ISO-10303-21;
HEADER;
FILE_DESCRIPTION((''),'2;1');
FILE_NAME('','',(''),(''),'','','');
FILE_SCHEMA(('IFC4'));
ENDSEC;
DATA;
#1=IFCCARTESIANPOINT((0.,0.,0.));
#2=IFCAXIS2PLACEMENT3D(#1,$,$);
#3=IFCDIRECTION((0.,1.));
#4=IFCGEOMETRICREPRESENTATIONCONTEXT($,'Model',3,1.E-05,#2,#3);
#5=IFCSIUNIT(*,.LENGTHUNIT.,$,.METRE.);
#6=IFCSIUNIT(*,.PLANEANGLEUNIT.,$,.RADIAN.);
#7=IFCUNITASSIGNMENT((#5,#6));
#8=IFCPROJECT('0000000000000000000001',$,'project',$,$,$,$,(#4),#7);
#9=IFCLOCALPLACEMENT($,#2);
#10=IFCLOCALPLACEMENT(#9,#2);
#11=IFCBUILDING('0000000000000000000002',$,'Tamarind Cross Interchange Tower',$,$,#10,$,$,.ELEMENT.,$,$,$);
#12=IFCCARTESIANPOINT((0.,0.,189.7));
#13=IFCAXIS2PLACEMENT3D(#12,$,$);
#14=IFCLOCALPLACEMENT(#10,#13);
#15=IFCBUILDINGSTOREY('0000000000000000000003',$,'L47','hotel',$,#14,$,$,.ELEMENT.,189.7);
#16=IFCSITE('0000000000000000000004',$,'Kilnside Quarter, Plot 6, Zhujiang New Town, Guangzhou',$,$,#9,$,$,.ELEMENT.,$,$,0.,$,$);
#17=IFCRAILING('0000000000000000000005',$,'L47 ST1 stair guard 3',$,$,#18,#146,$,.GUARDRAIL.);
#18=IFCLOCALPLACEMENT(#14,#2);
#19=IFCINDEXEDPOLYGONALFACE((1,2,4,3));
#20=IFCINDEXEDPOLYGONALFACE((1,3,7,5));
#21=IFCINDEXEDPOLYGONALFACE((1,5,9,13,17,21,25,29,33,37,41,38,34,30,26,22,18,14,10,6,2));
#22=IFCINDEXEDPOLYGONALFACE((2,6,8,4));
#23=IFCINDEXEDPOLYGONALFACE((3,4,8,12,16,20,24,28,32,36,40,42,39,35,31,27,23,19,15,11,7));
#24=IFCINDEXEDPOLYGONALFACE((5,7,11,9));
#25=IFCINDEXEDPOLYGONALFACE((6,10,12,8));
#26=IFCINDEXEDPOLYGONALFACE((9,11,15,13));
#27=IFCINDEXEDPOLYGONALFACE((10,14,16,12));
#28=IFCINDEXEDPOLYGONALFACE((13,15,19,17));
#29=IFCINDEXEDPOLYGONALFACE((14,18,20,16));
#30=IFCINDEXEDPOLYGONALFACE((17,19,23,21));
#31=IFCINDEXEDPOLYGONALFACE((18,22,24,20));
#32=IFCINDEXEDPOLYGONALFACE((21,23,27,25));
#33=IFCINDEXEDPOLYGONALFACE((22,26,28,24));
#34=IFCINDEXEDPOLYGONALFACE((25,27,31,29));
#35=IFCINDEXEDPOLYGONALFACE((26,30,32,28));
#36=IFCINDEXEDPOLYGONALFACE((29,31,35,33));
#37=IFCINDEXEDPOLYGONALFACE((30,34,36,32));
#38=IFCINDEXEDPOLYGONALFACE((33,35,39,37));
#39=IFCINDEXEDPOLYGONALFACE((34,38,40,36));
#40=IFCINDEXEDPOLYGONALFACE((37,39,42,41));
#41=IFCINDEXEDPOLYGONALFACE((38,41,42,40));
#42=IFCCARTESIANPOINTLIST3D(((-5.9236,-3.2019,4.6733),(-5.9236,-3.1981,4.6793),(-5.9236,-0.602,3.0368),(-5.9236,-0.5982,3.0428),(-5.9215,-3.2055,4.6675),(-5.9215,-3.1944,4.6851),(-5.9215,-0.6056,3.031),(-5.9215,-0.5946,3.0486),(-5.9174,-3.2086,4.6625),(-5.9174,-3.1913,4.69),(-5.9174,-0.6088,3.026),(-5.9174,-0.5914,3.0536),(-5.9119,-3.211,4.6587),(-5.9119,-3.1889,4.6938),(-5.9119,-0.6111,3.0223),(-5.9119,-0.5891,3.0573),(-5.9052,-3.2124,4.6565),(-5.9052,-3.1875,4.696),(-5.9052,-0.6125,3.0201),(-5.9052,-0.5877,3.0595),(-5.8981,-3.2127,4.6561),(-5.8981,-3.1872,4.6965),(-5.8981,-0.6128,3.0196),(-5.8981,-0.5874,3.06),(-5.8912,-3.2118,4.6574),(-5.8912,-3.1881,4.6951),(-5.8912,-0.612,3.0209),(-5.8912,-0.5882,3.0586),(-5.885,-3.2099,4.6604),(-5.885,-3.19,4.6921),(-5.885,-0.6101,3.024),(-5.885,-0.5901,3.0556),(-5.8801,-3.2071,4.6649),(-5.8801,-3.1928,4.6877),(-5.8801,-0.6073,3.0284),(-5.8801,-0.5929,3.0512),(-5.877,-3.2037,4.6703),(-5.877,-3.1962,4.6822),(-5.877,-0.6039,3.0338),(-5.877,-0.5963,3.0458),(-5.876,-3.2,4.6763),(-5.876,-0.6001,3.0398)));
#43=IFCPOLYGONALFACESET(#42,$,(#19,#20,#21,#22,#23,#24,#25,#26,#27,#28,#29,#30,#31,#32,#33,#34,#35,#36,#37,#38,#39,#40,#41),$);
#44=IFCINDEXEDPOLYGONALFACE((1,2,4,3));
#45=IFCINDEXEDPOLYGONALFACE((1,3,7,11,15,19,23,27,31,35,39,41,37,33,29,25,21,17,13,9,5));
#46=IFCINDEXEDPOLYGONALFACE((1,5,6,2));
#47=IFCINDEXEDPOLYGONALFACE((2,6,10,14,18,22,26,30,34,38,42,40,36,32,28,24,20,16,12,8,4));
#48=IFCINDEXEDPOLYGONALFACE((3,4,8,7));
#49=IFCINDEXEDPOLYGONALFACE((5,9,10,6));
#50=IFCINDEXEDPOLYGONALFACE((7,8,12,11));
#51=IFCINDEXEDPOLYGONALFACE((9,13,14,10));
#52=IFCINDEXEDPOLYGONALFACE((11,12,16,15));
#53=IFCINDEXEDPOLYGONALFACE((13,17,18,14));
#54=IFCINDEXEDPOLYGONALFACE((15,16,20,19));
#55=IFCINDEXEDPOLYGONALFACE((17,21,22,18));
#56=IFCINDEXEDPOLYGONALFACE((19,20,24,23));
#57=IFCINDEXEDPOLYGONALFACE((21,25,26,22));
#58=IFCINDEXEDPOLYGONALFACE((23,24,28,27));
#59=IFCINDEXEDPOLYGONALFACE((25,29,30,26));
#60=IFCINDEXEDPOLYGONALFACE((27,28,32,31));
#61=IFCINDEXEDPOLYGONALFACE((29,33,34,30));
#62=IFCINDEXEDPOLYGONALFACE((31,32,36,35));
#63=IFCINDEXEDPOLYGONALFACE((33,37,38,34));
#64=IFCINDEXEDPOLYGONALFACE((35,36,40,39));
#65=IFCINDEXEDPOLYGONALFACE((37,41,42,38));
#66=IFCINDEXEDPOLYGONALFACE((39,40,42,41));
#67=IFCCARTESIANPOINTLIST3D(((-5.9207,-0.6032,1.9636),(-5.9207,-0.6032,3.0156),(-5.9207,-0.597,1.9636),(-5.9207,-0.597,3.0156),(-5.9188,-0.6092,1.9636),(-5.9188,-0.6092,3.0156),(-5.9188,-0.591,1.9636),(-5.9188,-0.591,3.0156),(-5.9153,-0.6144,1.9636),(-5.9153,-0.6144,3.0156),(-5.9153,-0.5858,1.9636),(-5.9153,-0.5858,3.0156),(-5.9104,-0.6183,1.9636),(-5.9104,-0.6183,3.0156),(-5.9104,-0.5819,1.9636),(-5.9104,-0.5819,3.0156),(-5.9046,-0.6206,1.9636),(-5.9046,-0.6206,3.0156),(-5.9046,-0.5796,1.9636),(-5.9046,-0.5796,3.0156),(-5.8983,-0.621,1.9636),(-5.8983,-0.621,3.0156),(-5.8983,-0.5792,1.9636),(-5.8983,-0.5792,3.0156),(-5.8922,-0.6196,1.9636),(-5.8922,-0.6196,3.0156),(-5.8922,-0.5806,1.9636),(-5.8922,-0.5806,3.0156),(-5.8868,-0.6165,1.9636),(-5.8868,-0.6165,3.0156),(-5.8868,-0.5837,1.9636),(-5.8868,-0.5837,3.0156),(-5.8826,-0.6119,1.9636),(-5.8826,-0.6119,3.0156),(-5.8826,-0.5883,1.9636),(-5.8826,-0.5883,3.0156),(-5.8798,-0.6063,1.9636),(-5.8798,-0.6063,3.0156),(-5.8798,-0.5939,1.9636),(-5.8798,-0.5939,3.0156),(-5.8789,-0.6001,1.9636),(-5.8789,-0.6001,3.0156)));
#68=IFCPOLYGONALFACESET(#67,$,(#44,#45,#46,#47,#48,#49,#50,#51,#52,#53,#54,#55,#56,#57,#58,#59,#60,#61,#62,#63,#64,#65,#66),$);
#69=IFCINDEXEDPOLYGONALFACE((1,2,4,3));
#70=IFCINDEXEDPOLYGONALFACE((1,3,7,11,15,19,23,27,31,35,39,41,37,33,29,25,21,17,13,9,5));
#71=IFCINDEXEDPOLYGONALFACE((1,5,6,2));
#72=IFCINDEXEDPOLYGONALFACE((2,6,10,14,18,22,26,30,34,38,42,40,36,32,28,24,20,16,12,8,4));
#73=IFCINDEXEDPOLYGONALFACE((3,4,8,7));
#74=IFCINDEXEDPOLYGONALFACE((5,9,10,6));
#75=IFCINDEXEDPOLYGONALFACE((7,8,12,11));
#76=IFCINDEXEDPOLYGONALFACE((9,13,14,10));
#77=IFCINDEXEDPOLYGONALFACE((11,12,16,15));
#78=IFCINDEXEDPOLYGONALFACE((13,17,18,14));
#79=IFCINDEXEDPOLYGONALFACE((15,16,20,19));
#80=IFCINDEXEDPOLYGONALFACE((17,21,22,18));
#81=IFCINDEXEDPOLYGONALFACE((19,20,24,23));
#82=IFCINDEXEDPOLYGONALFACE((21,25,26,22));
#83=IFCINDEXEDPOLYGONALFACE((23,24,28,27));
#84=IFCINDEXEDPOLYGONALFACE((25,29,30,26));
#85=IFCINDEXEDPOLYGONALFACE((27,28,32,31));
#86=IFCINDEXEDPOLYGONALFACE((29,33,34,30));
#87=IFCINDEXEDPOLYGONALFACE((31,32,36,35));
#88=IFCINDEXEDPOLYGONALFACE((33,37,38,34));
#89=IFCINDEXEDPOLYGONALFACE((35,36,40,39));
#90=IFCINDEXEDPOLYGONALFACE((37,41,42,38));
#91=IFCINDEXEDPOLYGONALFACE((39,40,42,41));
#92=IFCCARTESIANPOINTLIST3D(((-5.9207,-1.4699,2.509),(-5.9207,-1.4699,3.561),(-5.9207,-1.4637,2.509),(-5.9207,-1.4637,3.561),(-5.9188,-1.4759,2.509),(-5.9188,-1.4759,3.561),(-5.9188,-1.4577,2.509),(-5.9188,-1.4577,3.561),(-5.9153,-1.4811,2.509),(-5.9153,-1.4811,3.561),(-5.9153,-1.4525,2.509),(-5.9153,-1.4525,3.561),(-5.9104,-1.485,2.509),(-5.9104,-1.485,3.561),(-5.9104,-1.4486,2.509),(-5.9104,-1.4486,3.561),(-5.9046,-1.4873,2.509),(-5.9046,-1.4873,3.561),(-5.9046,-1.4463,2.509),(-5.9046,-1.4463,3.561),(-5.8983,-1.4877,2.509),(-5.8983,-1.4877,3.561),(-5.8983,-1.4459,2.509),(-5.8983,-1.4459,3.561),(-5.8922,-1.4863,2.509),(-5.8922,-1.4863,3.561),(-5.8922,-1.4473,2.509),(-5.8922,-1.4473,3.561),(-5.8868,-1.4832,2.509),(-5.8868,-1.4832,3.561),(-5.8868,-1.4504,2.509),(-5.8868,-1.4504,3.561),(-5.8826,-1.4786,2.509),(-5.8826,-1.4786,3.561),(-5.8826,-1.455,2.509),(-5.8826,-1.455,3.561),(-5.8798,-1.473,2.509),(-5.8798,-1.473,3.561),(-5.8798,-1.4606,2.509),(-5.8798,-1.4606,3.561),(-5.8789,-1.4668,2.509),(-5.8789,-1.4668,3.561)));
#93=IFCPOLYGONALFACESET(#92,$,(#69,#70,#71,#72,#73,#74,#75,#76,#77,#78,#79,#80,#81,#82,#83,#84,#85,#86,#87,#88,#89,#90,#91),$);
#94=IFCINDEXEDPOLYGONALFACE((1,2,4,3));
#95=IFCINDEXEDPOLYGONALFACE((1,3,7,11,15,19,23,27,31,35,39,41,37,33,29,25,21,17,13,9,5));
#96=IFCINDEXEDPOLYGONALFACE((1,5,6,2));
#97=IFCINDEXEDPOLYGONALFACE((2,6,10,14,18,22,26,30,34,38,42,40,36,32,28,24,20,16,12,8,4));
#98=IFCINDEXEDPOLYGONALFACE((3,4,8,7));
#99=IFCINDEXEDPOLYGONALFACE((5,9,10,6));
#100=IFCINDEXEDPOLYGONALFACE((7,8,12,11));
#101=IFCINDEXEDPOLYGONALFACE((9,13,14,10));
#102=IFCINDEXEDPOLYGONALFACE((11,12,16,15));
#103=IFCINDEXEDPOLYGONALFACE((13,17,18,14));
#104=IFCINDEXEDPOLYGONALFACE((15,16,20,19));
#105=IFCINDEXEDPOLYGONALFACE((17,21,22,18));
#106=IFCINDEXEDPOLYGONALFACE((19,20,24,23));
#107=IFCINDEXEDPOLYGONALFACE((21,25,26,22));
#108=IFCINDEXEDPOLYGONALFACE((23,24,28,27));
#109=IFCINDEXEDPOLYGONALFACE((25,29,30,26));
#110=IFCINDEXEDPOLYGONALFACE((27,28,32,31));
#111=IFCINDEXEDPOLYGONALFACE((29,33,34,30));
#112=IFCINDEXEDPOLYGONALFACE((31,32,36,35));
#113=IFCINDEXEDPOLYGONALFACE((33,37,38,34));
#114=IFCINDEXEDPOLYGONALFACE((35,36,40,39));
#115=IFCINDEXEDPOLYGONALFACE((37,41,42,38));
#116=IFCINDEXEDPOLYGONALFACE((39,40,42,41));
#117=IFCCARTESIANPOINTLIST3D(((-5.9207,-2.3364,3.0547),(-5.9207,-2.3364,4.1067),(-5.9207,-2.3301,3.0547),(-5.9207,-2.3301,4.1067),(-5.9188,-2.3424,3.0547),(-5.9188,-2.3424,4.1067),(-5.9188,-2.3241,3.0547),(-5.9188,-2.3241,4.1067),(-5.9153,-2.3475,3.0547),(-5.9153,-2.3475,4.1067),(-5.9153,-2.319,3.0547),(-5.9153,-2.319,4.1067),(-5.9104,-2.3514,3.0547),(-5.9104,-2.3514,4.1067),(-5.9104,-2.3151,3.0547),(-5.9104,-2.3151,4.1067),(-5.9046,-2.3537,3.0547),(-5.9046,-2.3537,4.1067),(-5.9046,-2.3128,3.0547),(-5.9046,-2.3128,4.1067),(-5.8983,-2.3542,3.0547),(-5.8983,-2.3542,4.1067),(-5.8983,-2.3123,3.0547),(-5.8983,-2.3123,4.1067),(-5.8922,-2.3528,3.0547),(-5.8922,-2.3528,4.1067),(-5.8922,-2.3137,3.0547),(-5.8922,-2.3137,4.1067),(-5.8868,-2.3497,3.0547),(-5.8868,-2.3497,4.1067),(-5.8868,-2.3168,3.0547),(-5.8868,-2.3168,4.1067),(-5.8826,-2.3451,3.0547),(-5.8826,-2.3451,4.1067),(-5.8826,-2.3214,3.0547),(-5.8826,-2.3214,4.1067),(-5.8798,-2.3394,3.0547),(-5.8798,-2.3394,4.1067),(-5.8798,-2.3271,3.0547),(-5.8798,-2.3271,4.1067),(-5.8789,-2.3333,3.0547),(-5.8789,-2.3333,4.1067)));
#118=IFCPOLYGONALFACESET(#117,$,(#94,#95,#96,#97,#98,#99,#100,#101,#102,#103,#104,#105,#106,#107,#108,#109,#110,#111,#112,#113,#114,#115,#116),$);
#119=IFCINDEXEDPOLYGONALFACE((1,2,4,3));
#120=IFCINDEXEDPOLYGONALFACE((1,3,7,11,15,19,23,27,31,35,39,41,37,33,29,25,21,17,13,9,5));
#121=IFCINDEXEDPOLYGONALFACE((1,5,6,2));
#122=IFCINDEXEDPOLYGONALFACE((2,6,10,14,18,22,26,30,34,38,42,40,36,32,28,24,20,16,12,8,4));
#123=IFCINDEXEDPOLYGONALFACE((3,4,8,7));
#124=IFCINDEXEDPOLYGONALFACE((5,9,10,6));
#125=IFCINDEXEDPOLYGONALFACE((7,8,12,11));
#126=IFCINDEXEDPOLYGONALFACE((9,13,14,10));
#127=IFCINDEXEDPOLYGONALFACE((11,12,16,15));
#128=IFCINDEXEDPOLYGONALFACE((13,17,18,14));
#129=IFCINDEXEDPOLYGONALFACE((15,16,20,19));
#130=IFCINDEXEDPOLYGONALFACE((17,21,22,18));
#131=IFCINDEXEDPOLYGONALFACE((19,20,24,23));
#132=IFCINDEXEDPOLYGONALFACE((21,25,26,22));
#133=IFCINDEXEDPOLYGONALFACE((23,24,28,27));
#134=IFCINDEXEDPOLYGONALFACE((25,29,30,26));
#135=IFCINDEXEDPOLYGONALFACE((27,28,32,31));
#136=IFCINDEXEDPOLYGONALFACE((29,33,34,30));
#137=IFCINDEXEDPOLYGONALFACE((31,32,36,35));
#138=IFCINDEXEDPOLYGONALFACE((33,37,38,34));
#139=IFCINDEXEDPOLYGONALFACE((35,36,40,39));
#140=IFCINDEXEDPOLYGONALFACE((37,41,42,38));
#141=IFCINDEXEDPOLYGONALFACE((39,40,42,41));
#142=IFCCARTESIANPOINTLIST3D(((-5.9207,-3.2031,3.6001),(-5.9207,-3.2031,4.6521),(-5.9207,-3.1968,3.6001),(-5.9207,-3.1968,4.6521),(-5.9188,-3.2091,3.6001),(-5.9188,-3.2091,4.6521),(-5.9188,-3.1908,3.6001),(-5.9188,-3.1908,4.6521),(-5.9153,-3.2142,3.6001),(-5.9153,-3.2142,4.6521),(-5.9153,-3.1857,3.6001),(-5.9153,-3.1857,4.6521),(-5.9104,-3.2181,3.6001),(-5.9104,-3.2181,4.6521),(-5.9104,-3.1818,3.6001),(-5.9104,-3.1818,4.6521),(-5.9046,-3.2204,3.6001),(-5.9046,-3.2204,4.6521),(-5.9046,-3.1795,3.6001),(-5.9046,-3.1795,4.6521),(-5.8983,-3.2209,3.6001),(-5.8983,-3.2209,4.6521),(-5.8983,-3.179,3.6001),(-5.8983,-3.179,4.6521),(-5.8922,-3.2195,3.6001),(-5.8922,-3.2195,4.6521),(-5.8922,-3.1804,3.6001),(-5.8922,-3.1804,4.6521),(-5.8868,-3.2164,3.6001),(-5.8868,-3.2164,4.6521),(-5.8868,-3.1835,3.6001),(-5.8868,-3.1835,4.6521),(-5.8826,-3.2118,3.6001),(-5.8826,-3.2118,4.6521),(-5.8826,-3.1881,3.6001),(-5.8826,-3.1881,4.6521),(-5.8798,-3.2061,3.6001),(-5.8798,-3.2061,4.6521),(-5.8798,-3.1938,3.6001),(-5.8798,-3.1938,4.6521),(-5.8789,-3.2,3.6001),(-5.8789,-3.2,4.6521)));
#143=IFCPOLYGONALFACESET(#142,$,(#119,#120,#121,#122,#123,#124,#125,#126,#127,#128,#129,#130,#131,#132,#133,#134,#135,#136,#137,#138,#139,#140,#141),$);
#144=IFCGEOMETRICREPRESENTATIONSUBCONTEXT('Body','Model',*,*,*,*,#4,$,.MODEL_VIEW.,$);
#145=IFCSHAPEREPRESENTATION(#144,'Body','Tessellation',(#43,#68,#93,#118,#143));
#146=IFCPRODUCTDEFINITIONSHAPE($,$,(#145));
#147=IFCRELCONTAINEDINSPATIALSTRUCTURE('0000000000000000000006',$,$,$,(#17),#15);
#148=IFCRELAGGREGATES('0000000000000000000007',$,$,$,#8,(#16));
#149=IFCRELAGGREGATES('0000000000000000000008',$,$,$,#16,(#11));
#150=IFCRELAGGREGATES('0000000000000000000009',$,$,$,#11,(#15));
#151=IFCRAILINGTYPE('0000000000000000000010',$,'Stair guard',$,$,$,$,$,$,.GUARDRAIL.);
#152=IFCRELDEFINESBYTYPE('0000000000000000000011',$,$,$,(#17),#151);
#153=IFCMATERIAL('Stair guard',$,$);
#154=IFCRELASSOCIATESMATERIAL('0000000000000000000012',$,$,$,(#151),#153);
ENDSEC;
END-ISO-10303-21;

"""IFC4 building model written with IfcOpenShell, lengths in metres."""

from ifc_helpers import new_model, si_unit, direction, frame, origin, origin_2d, place, context, subcontext, project, spatial, circle, extrude, material, type_object, element, save


model = new_model("IFC4")

# Units and contexts
model_context = context("Model", 3, precision=1e-05, world=origin(), true_north=direction((0.0, 1.0)))
body_context = subcontext(model_context, "Body", "Model", "MODEL_VIEW")
ifc_project = project(units=[si_unit("LENGTHUNIT", "METRE"), si_unit("PLANEANGLEUNIT", "RADIAN")], contexts=[model_context])

# Site, building, storey
site_placement = place(None, origin())
site = spatial("IfcSite", under=ifc_project, at=site_placement, Name="Kilnside Quarter, Plot 6, Zhujiang New Town, Guangzhou", CompositionType="ELEMENT", RefElevation=0.0)
building_placement = place(site_placement, origin())
building = spatial("IfcBuilding", under=site, at=building_placement, Name="Tamarind Cross Interchange Tower", CompositionType="ELEMENT")
storey_placement = place(building_placement, frame((0.0, 0.0, 189.7)))
storey = spatial("IfcBuildingStorey", under=building, at=storey_placement, Name="L47", Description="hotel", CompositionType="ELEMENT", Elevation=189.7)

# Railing
ifc_material_1 = material(Name="Stair guard")
railing_type_1 = type_object("IfcRailingType", Name="Stair guard", PredefinedType="GUARDRAIL", material=ifc_material_1)
railing_1_placement = place(storey_placement, frame((-5.8999, -0.6001, 1.9636)))
element("IfcRailing", 1, at=railing_1_placement, inside=storey, type_object=railing_type_1, Name="L47 ST1 stair guard 3", PredefinedType="GUARDRAIL", context=body_context, shape_type="SweptSolid", body=[
    extrude(circle(Radius=0.0239, at=origin_2d()), frame((0.0, 0.0, 1.0762), z_axis=(0.0, -0.846302, 0.532704), x_axis=(1.0, 0.0, 0.0)), (0.0, 0.0, 1.0), 3.072),
    extrude(circle(Radius=0.021, at=origin_2d()), origin(), (0.0, 0.0, 1.0), 1.052),
    extrude(circle(Radius=0.021, at=origin_2d()), frame((0.0, -0.8667, 0.5454)), (0.0, 0.0, 1.0), 1.052),
    extrude(circle(Radius=0.021, at=origin_2d()), frame((0.0, -1.7332, 1.0911)), (0.0, 0.0, 1.0), 1.052),
    extrude(circle(Radius=0.021, at=origin_2d()), frame((0.0, -2.5999, 1.6365)), (0.0, 0.0, 1.0), 1.052),
])

save(model, "model.ifc")
